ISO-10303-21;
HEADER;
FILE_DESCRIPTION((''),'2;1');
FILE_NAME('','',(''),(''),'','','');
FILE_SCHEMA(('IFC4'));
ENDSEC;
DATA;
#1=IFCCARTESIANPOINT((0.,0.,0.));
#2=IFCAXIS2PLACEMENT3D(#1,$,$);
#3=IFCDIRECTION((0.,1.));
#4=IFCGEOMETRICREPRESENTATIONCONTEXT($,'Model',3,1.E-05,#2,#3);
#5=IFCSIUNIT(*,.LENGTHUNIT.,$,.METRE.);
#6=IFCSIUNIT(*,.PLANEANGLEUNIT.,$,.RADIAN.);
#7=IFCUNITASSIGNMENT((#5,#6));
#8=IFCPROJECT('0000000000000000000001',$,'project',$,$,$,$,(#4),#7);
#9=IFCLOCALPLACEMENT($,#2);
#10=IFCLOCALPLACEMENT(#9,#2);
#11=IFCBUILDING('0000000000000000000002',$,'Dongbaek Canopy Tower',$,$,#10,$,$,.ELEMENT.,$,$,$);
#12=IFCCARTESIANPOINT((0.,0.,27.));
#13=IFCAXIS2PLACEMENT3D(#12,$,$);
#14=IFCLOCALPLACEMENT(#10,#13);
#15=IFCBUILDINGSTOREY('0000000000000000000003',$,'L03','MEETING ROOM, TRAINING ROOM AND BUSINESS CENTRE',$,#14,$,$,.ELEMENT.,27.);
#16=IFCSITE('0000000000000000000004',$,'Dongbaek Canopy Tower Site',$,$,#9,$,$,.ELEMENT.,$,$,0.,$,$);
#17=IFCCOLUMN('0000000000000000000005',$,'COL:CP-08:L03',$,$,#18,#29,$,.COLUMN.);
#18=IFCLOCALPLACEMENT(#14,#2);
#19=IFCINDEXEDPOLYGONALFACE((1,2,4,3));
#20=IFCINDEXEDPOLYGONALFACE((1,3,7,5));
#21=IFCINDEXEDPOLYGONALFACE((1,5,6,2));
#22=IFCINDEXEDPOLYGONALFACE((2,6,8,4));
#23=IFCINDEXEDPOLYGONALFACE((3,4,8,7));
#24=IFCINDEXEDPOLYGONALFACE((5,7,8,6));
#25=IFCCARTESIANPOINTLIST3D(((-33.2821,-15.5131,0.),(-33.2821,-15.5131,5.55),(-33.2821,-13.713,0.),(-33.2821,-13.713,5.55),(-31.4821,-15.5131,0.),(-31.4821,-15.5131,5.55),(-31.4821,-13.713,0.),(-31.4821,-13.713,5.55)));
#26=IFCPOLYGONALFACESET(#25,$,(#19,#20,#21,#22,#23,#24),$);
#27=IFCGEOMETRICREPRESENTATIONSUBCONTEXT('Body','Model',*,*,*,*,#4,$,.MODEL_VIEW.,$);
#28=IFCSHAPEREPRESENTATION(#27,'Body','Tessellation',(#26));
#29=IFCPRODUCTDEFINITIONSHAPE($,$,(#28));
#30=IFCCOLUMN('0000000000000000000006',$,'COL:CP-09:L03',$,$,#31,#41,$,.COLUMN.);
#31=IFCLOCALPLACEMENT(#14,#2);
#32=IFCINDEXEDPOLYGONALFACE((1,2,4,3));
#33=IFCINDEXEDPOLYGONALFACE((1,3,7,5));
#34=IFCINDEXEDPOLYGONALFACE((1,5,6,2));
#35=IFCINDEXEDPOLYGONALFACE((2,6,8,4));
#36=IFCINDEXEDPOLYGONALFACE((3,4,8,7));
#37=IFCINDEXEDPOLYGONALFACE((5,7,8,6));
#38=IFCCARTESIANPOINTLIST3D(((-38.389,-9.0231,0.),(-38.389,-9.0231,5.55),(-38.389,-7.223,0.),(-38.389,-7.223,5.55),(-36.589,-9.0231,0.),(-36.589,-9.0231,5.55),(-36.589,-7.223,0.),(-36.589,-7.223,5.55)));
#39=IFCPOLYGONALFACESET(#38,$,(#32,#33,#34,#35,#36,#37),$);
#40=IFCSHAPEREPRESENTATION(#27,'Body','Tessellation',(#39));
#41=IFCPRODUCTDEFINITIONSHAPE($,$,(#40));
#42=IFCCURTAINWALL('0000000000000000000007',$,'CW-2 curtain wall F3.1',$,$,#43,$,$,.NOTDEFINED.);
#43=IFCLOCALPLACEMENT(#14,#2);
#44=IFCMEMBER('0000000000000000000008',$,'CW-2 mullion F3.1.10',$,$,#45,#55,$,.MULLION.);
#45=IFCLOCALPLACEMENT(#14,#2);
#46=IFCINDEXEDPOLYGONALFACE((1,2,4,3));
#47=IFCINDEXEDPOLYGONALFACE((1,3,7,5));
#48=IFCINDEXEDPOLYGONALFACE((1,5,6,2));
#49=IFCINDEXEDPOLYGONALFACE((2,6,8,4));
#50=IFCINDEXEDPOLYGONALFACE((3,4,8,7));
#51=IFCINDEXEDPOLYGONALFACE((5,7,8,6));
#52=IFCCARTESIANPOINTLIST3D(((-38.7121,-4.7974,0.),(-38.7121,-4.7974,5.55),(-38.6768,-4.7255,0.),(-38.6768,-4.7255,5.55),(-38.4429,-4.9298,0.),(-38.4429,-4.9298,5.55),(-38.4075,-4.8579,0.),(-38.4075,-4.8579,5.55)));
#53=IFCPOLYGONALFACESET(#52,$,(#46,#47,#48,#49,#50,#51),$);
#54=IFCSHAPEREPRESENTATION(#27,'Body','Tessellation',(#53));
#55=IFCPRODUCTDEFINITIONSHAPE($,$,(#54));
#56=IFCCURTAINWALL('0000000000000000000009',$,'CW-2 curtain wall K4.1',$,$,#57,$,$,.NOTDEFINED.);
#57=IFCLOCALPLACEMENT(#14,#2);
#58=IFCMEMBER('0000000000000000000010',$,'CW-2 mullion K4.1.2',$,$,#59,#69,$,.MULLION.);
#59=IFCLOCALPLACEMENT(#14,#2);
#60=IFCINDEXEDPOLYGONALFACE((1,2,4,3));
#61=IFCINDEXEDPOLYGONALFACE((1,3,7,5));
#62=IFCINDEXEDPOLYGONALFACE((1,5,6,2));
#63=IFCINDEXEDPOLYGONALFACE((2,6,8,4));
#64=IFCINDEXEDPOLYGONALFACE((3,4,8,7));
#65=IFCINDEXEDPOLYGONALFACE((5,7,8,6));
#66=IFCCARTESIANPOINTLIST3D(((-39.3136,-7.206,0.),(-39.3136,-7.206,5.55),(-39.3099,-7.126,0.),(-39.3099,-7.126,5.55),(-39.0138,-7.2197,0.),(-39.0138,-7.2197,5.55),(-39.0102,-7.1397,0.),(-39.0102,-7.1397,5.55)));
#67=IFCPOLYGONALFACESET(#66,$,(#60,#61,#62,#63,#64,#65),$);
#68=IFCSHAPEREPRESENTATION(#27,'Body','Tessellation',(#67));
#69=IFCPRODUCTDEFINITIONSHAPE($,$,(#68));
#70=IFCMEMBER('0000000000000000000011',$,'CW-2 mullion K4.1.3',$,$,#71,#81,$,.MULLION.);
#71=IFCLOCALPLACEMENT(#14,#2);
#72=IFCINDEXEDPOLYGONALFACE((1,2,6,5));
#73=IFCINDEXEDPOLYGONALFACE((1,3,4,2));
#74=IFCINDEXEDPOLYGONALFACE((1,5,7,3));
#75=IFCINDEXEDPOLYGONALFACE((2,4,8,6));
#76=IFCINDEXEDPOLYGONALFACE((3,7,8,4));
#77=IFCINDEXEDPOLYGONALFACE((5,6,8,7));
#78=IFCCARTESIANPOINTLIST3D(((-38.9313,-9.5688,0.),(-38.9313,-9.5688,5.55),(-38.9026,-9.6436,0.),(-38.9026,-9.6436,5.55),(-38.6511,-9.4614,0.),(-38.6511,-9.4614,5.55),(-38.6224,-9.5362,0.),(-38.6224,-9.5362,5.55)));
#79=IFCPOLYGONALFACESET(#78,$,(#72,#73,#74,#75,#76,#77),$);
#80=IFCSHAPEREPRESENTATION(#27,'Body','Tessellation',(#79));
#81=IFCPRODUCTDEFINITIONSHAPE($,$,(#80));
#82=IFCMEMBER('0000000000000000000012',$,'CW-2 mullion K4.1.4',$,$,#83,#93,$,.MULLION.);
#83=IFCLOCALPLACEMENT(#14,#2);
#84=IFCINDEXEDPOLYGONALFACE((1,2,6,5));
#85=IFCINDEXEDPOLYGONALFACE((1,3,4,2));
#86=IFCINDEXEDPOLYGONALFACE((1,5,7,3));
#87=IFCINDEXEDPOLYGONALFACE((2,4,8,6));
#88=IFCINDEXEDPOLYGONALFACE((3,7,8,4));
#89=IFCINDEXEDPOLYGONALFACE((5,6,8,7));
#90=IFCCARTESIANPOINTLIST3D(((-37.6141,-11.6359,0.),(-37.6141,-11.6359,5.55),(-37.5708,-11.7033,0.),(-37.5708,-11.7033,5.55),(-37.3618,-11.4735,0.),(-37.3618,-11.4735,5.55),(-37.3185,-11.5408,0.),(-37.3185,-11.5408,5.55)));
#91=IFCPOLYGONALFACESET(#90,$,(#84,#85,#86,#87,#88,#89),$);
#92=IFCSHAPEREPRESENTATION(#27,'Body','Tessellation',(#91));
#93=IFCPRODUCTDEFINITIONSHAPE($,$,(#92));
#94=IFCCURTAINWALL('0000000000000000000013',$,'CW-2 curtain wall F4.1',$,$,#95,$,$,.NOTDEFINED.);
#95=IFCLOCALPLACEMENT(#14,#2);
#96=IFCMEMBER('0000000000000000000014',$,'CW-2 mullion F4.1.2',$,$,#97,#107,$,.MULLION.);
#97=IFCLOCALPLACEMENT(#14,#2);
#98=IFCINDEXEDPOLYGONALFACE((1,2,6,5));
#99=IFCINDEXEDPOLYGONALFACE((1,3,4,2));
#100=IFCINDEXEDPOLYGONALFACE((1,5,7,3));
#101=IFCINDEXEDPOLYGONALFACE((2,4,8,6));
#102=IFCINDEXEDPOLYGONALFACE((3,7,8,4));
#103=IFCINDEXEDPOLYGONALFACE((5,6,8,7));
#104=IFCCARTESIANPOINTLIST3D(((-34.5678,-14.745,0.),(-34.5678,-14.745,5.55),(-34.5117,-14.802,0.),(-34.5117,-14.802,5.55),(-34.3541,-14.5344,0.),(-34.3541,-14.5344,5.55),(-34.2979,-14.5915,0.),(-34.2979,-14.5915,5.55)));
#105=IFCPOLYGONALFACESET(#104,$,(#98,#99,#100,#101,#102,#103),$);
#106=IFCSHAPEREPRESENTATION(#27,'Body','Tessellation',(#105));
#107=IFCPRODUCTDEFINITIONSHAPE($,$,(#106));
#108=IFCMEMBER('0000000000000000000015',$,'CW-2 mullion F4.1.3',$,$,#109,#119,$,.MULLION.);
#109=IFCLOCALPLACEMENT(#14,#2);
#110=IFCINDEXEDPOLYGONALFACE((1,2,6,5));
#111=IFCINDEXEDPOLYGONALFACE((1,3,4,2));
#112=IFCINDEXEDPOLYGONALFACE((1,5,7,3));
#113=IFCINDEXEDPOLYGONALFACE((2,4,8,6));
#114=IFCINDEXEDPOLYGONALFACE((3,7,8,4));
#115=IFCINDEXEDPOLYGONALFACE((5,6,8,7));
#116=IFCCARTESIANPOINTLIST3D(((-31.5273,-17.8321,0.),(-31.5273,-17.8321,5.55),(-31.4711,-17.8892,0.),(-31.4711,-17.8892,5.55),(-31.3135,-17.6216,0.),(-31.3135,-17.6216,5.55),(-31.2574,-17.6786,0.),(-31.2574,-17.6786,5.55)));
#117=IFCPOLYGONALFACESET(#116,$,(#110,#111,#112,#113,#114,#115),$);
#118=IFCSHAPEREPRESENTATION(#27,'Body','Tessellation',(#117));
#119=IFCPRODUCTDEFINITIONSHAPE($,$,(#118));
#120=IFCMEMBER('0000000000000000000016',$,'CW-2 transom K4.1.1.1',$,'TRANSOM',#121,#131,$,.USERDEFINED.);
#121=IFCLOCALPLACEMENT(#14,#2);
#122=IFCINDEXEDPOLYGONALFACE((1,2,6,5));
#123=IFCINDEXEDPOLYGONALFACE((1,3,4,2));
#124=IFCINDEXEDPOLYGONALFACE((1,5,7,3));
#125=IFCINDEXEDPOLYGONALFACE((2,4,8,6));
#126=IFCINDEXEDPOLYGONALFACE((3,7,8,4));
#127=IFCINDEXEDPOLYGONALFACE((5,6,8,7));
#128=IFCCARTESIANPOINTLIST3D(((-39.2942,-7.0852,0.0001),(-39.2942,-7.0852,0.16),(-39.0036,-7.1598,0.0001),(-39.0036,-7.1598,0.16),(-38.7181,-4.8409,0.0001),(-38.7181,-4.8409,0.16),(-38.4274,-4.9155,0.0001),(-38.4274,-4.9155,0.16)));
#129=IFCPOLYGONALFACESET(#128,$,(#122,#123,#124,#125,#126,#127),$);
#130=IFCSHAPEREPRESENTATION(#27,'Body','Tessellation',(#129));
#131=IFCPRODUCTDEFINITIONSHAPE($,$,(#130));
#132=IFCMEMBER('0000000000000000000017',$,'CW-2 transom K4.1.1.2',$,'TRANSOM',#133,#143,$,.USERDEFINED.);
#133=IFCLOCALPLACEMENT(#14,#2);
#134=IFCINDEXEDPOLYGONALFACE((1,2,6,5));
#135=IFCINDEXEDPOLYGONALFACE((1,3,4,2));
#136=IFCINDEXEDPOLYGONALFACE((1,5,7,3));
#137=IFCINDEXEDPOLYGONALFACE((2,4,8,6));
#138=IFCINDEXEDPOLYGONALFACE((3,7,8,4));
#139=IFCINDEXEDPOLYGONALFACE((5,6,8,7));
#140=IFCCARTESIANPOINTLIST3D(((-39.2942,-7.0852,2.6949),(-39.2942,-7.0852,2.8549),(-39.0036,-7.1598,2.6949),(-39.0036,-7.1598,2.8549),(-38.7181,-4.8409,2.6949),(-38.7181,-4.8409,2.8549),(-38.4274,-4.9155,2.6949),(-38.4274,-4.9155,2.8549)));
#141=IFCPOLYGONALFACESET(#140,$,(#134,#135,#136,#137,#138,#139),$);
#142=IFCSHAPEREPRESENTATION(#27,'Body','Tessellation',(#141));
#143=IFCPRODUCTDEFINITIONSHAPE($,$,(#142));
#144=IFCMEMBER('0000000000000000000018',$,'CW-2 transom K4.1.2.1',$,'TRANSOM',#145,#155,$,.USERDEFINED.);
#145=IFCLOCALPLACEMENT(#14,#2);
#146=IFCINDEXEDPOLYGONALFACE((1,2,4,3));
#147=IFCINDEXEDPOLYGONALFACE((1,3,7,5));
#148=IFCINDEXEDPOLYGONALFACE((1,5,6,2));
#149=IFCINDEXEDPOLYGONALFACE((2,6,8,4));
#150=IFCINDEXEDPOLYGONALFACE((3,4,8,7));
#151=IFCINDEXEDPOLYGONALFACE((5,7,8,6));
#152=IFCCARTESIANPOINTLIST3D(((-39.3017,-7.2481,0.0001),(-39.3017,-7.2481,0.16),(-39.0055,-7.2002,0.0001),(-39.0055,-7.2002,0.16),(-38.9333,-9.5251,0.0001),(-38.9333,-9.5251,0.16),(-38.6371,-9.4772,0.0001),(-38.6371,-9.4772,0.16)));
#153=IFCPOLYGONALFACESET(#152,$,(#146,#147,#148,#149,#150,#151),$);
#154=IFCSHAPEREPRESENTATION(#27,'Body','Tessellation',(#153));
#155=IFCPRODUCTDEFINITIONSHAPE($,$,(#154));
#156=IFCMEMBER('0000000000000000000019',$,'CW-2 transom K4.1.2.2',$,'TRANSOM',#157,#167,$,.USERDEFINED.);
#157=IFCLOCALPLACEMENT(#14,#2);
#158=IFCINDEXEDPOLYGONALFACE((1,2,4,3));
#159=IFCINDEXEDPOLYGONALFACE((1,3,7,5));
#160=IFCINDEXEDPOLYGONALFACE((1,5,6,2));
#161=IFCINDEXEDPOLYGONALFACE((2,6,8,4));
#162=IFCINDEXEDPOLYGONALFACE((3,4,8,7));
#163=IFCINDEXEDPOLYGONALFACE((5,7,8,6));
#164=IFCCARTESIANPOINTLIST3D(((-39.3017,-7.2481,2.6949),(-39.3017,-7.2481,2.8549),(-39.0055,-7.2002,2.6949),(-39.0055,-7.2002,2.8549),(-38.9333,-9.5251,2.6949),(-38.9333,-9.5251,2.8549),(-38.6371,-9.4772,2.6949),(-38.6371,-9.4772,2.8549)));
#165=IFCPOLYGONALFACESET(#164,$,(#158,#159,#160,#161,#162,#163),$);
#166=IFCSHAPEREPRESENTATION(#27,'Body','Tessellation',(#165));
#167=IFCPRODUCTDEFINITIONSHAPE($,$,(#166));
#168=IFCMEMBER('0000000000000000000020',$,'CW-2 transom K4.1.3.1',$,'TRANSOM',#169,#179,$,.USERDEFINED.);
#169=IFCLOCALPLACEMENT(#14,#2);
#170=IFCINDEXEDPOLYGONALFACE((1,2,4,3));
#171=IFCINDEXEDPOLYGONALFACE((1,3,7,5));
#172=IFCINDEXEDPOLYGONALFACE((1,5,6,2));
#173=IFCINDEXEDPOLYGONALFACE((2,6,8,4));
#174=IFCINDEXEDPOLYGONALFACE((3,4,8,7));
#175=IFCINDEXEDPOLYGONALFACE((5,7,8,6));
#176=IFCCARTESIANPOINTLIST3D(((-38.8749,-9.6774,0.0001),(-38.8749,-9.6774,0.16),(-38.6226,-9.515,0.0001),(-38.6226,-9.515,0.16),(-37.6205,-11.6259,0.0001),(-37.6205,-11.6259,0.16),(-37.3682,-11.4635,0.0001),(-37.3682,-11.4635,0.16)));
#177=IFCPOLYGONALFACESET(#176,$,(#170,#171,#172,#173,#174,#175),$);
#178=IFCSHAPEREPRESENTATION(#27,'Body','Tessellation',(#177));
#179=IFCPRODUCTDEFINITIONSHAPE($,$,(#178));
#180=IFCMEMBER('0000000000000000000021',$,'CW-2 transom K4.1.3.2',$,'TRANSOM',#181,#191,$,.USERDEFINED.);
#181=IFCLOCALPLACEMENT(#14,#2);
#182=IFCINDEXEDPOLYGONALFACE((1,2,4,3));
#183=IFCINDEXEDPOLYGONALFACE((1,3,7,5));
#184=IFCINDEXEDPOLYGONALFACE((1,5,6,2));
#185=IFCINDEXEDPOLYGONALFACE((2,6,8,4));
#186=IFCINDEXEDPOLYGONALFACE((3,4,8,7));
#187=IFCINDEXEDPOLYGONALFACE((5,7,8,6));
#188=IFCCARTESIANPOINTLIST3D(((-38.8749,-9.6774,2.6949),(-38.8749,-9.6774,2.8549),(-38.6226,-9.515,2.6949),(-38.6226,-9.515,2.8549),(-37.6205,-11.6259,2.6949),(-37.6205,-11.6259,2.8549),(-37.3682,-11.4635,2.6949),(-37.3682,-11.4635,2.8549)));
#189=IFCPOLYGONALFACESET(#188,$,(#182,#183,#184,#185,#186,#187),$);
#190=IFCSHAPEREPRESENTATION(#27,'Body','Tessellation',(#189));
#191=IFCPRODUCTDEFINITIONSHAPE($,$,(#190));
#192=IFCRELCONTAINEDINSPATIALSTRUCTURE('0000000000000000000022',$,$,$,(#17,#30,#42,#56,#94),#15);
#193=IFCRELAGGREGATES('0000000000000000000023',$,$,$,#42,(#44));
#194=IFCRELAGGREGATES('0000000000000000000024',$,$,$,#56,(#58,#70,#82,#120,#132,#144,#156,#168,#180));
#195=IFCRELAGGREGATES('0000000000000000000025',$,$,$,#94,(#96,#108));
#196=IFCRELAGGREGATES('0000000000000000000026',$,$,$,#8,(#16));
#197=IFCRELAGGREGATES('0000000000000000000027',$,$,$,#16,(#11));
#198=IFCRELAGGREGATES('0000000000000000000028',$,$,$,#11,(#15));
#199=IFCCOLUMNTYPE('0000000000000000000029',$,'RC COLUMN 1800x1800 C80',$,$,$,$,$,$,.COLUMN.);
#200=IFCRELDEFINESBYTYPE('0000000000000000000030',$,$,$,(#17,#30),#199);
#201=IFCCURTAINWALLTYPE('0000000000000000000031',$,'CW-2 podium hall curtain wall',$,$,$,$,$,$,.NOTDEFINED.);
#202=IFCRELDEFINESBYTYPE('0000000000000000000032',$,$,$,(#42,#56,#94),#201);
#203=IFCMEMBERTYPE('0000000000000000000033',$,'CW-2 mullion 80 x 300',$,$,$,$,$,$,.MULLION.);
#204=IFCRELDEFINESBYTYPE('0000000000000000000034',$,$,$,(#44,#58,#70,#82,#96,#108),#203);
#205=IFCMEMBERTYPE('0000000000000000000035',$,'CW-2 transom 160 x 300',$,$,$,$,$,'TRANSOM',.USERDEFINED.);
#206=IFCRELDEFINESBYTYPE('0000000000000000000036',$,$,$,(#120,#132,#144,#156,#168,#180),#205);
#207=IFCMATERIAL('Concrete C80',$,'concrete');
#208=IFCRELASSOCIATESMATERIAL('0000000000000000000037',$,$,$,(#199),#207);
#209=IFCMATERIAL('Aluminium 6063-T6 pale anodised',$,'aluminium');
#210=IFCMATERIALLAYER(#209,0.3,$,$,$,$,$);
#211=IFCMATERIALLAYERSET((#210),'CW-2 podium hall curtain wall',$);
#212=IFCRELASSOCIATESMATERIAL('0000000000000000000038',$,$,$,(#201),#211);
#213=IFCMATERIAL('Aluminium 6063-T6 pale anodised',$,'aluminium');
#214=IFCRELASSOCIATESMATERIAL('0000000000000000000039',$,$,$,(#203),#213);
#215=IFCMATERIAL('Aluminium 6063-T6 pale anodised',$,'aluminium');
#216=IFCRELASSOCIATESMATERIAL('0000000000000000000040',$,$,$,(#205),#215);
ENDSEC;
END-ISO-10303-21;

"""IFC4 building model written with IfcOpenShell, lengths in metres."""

from ifc_helpers import new_model, si_unit, direction, frame, origin, origin_2d, place, context, subcontext, project, spatial, rectangle, extrude, material, layer, layer_set, material_profile, profile_set, type_object, element, aggregate, save


model = new_model("IFC4")

# Units and contexts
model_context = context("Model", 3, precision=1e-05, world=origin(), true_north=direction((0.0, 1.0)))
body_context = subcontext(model_context, "Body", "Model", "MODEL_VIEW")
ifc_project = project(units=[si_unit("LENGTHUNIT", "METRE"), si_unit("PLANEANGLEUNIT", "RADIAN")], contexts=[model_context])

# Site, building, storey
site_placement = place(None, origin())
site = spatial("IfcSite", under=ifc_project, at=site_placement, Name="Dongbaek Canopy Tower Site", CompositionType="ELEMENT", RefElevation=0.0)
building_placement = place(site_placement, origin())
building = spatial("IfcBuilding", under=site, at=building_placement, Name="Dongbaek Canopy Tower", CompositionType="ELEMENT")
storey_placement = place(building_placement, frame((0.0, 0.0, 27.0)))
storey = spatial("IfcBuildingStorey", under=building, at=storey_placement, Name="L03", Description="MEETING ROOM, TRAINING ROOM AND BUSINESS CENTRE", CompositionType="ELEMENT", Elevation=27.0)

# Columns
ifc_material_1 = material(Name="Concrete C80", Category="concrete")
ifc_material_profile_1 = material_profile(ifc_material_1, rectangle(XDim=1.8, YDim=1.8, at=origin_2d()), Name="RC COLUMN 1800x1800 C80")
ifc_profile_set_1 = profile_set([ifc_material_profile_1], Name="Concrete C80")
column_type = type_object("IfcColumnType", Name="RC COLUMN 1800x1800 C80", PredefinedType="COLUMN", material=ifc_profile_set_1)
for number, where, z_axis, x_axis, name in (
    (1, (-32.3821, -14.613, 0.0), (0.0, 0.0, 1.0), (1.0, 0.0, 0.0), "COL:CP-08:L03"),
    (2, (-37.489, -8.123, 0.0), (0.0, 0.0, 1.0), (1.0, 0.0, 0.0), "COL:CP-09:L03"),
):
    element("IfcColumn", number, at=place(storey_placement, frame(where, z_axis=z_axis, x_axis=x_axis)), inside=storey, type_object=column_type, Name=name, PredefinedType="COLUMN", context=body_context, shape_type="SweptSolid", body=[
        extrude(rectangle(XDim=1.8, YDim=1.8, at=origin_2d()), origin(), (0.0, 0.0, 1.0), 5.55),
    ])

# Curtain wall, member
ifc_material_2 = material(Name="Aluminium 6063-T6 pale anodised", Category="aluminium")
ifc_layer_1 = layer(ifc_material_2, 0.3)
ifc_layer_set_1 = layer_set([ifc_layer_1], Name="CW-2 podium hall curtain wall")
curtain_wall_type = type_object("IfcCurtainWallType", Name="CW-2 podium hall curtain wall", PredefinedType="NOTDEFINED", material=ifc_layer_set_1)
curtain_wall_1_placement = place(storey_placement, origin())
curtain_wall_1 = element("IfcCurtainWall", 3, at=curtain_wall_1_placement, inside=storey, type_object=curtain_wall_type, Name="CW-2 curtain wall F3.1", PredefinedType="NOTDEFINED")
ifc_material_3 = material(Name="Aluminium 6063-T6 pale anodised", Category="aluminium")
ifc_material_profile_2 = material_profile(ifc_material_3, rectangle(XDim=0.3, YDim=0.0801, at=origin_2d()), Name="CW-2 mullion 80 x 300")
ifc_profile_set_2 = profile_set([ifc_material_profile_2], Name="Aluminium 6063-T6 pale anodised")
member_type_1 = type_object("IfcMemberType", Name="CW-2 mullion 80 x 300", PredefinedType="MULLION", material=ifc_profile_set_2)
member_1_placement = place(storey_placement, frame((-38.5598, -4.8276, 0.0), z_axis=(0.0, 0.0, 1.0), x_axis=(-0.897339, 0.441342, 0.0)))
member_1 = element("IfcMember", 4, at=member_1_placement, type_object=member_type_1, Name="CW-2 mullion F3.1.10", PredefinedType="MULLION", context=body_context, shape_type="SweptSolid", body=[
    extrude(rectangle(XDim=0.3, YDim=0.0801, at=origin_2d()), origin(), (0.0, 0.0, 1.0), 5.55),
])
aggregate(curtain_wall_1, [member_1])

# Curtain walls, members
curtain_wall_2_placement = place(storey_placement, origin())
curtain_wall_2 = element("IfcCurtainWall", 5, at=curtain_wall_2_placement, inside=storey, type_object=curtain_wall_type, Name="CW-2 curtain wall K4.1", PredefinedType="NOTDEFINED")
member_2_placement = place(storey_placement, frame((-39.1619, -7.1729, 0.0), z_axis=(0.0, 0.0, 1.0), x_axis=(-0.998967, 0.045444, 0.0)))
member_2 = element("IfcMember", 6, at=member_2_placement, type_object=member_type_1, Name="CW-2 mullion K4.1.2", PredefinedType="MULLION", context=body_context, shape_type="SweptSolid", body=[
    extrude(rectangle(XDim=0.3, YDim=0.0801, at=origin_2d()), origin(), (0.0, 0.0, 1.0), 5.55),
])
member_3_placement = place(storey_placement, frame((-38.7769, -9.5525, 0.0), z_axis=(0.0, 0.0, 1.0), x_axis=(-0.933704, -0.358045, 0.0)))
member_3 = element("IfcMember", 7, at=member_3_placement, type_object=member_type_1, Name="CW-2 mullion K4.1.3", PredefinedType="MULLION", context=body_context, shape_type="SweptSolid", body=[
    extrude(rectangle(XDim=0.3, YDim=0.0801, at=origin_2d()), origin(), (0.0, 0.0, 1.0), 5.55),
])
member_4_placement = place(storey_placement, frame((-37.4663, -11.5884, 0.0), z_axis=(0.0, 0.0, 1.0), x_axis=(-0.840826, -0.541306, 0.0)))
member_4 = element("IfcMember", 8, at=member_4_placement, type_object=member_type_1, Name="CW-2 mullion K4.1.4", PredefinedType="MULLION", context=body_context, shape_type="SweptSolid", body=[
    extrude(rectangle(XDim=0.3, YDim=0.0801, at=origin_2d()), origin(), (0.0, 0.0, 1.0), 5.55),
])
curtain_wall_3_placement = place(storey_placement, origin())
curtain_wall_3 = element("IfcCurtainWall", 9, at=curtain_wall_3_placement, inside=storey, type_object=curtain_wall_type, Name="CW-2 curtain wall F4.1", PredefinedType="NOTDEFINED")
member_5_placement = place(storey_placement, frame((-34.4329, -14.6682, 0.0), z_axis=(0.0, 0.0, 1.0), x_axis=(-0.712455, -0.701718, 0.0)))
member_5 = element("IfcMember", 10, at=member_5_placement, type_object=member_type_1, Name="CW-2 mullion F4.1.2", PredefinedType="MULLION", context=body_context, shape_type="SweptSolid", body=[
    extrude(rectangle(XDim=0.3, YDim=0.0801, at=origin_2d()), origin(), (0.0, 0.0, 1.0), 5.55),
])
member_6_placement = place(storey_placement, frame((-31.3923, -17.7554, 0.0), z_axis=(0.0, 0.0, 1.0), x_axis=(-0.712455, -0.701718, 0.0)))
member_6 = element("IfcMember", 11, at=member_6_placement, type_object=member_type_1, Name="CW-2 mullion F4.1.3", PredefinedType="MULLION", context=body_context, shape_type="SweptSolid", body=[
    extrude(rectangle(XDim=0.3, YDim=0.0801, at=origin_2d()), origin(), (0.0, 0.0, 1.0), 5.55),
])

# Members
ifc_material_4 = material(Name="Aluminium 6063-T6 pale anodised", Category="aluminium")
ifc_material_profile_3 = material_profile(ifc_material_4, rectangle(XDim=0.3, YDim=0.1599, at=origin_2d()), Name="CW-2 transom 160 x 300")
ifc_profile_set_3 = profile_set([ifc_material_profile_3], Name="Aluminium 6063-T6 pale anodised")
member_type_2 = type_object("IfcMemberType", Name="CW-2 transom 160 x 300", ElementType="TRANSOM", PredefinedType="USERDEFINED", material=ifc_profile_set_3)
member_7_placement = place(storey_placement, frame((-38.5728, -4.8782, 0.0801), z_axis=(-0.248654, -0.968592, 0.0), x_axis=(0.968592, -0.248654, 0.0)))
member_7 = element("IfcMember", 12, at=member_7_placement, type_object=member_type_2, Name="CW-2 transom K4.1.1.1", ObjectType="TRANSOM", PredefinedType="USERDEFINED", context=body_context, shape_type="SweptSolid", body=[
    extrude(rectangle(XDim=0.3, YDim=0.1599, at=origin_2d()), origin(), (0.0, 0.0, 1.0), 2.3171),
])
member_8_placement = place(storey_placement, frame((-38.5728, -4.8782, 2.7749), z_axis=(-0.248654, -0.968592, 0.0), x_axis=(0.968592, -0.248654, 0.0)))
member_8 = element("IfcMember", 13, at=member_8_placement, type_object=member_type_2, Name="CW-2 transom K4.1.1.2", ObjectType="TRANSOM", PredefinedType="USERDEFINED", context=body_context, shape_type="SweptSolid", body=[
    extrude(rectangle(XDim=0.3, YDim=0.1599, at=origin_2d()), origin(), (0.0, 0.0, 1.0), 2.3171),
])
member_9_placement = place(storey_placement, frame((-39.1536, -7.2241, 0.0801), z_axis=(0.159712, -0.987164, 0.0), x_axis=(0.987164, 0.159712, 0.0)))
member_9 = element("IfcMember", 14, at=member_9_placement, type_object=member_type_2, Name="CW-2 transom K4.1.2.1", ObjectType="TRANSOM", PredefinedType="USERDEFINED", context=body_context, shape_type="SweptSolid", body=[
    extrude(rectangle(XDim=0.3, YDim=0.1599, at=origin_2d()), origin(), (0.0, 0.0, 1.0), 2.3066),
])
member_10_placement = place(storey_placement, frame((-39.1536, -7.2241, 2.7749), z_axis=(0.159712, -0.987164, 0.0), x_axis=(0.987164, 0.159712, 0.0)))
member_10 = element("IfcMember", 15, at=member_10_placement, type_object=member_type_2, Name="CW-2 transom K4.1.2.2", ObjectType="TRANSOM", PredefinedType="USERDEFINED", context=body_context, shape_type="SweptSolid", body=[
    extrude(rectangle(XDim=0.3, YDim=0.1599, at=origin_2d()), origin(), (0.0, 0.0, 1.0), 2.3066),
])
member_11_placement = place(storey_placement, frame((-38.7488, -9.5962, 0.0801), z_axis=(0.541306, -0.840826, 0.0), x_axis=(0.840826, 0.541306, 0.0)))
member_11 = element("IfcMember", 16, at=member_11_placement, type_object=member_type_2, Name="CW-2 transom K4.1.3.1", ObjectType="TRANSOM", PredefinedType="USERDEFINED", context=body_context, shape_type="SweptSolid", body=[
    extrude(rectangle(XDim=0.3, YDim=0.1599, at=origin_2d()), origin(), (0.0, 0.0, 1.0), 2.3174),
])
member_12_placement = place(storey_placement, frame((-38.7488, -9.5962, 2.7749), z_axis=(0.541306, -0.840826, 0.0), x_axis=(0.840826, 0.541306, 0.0)))
member_12 = element("IfcMember", 17, at=member_12_placement, type_object=member_type_2, Name="CW-2 transom K4.1.3.2", ObjectType="TRANSOM", PredefinedType="USERDEFINED", context=body_context, shape_type="SweptSolid", body=[
    extrude(rectangle(XDim=0.3, YDim=0.1599, at=origin_2d()), origin(), (0.0, 0.0, 1.0), 2.3174),
])

aggregate(curtain_wall_2, [member_2, member_3, member_4, member_7, member_8, member_9, member_10, member_11, member_12])
aggregate(curtain_wall_3, [member_5, member_6])

save(model, "model.ifc")
